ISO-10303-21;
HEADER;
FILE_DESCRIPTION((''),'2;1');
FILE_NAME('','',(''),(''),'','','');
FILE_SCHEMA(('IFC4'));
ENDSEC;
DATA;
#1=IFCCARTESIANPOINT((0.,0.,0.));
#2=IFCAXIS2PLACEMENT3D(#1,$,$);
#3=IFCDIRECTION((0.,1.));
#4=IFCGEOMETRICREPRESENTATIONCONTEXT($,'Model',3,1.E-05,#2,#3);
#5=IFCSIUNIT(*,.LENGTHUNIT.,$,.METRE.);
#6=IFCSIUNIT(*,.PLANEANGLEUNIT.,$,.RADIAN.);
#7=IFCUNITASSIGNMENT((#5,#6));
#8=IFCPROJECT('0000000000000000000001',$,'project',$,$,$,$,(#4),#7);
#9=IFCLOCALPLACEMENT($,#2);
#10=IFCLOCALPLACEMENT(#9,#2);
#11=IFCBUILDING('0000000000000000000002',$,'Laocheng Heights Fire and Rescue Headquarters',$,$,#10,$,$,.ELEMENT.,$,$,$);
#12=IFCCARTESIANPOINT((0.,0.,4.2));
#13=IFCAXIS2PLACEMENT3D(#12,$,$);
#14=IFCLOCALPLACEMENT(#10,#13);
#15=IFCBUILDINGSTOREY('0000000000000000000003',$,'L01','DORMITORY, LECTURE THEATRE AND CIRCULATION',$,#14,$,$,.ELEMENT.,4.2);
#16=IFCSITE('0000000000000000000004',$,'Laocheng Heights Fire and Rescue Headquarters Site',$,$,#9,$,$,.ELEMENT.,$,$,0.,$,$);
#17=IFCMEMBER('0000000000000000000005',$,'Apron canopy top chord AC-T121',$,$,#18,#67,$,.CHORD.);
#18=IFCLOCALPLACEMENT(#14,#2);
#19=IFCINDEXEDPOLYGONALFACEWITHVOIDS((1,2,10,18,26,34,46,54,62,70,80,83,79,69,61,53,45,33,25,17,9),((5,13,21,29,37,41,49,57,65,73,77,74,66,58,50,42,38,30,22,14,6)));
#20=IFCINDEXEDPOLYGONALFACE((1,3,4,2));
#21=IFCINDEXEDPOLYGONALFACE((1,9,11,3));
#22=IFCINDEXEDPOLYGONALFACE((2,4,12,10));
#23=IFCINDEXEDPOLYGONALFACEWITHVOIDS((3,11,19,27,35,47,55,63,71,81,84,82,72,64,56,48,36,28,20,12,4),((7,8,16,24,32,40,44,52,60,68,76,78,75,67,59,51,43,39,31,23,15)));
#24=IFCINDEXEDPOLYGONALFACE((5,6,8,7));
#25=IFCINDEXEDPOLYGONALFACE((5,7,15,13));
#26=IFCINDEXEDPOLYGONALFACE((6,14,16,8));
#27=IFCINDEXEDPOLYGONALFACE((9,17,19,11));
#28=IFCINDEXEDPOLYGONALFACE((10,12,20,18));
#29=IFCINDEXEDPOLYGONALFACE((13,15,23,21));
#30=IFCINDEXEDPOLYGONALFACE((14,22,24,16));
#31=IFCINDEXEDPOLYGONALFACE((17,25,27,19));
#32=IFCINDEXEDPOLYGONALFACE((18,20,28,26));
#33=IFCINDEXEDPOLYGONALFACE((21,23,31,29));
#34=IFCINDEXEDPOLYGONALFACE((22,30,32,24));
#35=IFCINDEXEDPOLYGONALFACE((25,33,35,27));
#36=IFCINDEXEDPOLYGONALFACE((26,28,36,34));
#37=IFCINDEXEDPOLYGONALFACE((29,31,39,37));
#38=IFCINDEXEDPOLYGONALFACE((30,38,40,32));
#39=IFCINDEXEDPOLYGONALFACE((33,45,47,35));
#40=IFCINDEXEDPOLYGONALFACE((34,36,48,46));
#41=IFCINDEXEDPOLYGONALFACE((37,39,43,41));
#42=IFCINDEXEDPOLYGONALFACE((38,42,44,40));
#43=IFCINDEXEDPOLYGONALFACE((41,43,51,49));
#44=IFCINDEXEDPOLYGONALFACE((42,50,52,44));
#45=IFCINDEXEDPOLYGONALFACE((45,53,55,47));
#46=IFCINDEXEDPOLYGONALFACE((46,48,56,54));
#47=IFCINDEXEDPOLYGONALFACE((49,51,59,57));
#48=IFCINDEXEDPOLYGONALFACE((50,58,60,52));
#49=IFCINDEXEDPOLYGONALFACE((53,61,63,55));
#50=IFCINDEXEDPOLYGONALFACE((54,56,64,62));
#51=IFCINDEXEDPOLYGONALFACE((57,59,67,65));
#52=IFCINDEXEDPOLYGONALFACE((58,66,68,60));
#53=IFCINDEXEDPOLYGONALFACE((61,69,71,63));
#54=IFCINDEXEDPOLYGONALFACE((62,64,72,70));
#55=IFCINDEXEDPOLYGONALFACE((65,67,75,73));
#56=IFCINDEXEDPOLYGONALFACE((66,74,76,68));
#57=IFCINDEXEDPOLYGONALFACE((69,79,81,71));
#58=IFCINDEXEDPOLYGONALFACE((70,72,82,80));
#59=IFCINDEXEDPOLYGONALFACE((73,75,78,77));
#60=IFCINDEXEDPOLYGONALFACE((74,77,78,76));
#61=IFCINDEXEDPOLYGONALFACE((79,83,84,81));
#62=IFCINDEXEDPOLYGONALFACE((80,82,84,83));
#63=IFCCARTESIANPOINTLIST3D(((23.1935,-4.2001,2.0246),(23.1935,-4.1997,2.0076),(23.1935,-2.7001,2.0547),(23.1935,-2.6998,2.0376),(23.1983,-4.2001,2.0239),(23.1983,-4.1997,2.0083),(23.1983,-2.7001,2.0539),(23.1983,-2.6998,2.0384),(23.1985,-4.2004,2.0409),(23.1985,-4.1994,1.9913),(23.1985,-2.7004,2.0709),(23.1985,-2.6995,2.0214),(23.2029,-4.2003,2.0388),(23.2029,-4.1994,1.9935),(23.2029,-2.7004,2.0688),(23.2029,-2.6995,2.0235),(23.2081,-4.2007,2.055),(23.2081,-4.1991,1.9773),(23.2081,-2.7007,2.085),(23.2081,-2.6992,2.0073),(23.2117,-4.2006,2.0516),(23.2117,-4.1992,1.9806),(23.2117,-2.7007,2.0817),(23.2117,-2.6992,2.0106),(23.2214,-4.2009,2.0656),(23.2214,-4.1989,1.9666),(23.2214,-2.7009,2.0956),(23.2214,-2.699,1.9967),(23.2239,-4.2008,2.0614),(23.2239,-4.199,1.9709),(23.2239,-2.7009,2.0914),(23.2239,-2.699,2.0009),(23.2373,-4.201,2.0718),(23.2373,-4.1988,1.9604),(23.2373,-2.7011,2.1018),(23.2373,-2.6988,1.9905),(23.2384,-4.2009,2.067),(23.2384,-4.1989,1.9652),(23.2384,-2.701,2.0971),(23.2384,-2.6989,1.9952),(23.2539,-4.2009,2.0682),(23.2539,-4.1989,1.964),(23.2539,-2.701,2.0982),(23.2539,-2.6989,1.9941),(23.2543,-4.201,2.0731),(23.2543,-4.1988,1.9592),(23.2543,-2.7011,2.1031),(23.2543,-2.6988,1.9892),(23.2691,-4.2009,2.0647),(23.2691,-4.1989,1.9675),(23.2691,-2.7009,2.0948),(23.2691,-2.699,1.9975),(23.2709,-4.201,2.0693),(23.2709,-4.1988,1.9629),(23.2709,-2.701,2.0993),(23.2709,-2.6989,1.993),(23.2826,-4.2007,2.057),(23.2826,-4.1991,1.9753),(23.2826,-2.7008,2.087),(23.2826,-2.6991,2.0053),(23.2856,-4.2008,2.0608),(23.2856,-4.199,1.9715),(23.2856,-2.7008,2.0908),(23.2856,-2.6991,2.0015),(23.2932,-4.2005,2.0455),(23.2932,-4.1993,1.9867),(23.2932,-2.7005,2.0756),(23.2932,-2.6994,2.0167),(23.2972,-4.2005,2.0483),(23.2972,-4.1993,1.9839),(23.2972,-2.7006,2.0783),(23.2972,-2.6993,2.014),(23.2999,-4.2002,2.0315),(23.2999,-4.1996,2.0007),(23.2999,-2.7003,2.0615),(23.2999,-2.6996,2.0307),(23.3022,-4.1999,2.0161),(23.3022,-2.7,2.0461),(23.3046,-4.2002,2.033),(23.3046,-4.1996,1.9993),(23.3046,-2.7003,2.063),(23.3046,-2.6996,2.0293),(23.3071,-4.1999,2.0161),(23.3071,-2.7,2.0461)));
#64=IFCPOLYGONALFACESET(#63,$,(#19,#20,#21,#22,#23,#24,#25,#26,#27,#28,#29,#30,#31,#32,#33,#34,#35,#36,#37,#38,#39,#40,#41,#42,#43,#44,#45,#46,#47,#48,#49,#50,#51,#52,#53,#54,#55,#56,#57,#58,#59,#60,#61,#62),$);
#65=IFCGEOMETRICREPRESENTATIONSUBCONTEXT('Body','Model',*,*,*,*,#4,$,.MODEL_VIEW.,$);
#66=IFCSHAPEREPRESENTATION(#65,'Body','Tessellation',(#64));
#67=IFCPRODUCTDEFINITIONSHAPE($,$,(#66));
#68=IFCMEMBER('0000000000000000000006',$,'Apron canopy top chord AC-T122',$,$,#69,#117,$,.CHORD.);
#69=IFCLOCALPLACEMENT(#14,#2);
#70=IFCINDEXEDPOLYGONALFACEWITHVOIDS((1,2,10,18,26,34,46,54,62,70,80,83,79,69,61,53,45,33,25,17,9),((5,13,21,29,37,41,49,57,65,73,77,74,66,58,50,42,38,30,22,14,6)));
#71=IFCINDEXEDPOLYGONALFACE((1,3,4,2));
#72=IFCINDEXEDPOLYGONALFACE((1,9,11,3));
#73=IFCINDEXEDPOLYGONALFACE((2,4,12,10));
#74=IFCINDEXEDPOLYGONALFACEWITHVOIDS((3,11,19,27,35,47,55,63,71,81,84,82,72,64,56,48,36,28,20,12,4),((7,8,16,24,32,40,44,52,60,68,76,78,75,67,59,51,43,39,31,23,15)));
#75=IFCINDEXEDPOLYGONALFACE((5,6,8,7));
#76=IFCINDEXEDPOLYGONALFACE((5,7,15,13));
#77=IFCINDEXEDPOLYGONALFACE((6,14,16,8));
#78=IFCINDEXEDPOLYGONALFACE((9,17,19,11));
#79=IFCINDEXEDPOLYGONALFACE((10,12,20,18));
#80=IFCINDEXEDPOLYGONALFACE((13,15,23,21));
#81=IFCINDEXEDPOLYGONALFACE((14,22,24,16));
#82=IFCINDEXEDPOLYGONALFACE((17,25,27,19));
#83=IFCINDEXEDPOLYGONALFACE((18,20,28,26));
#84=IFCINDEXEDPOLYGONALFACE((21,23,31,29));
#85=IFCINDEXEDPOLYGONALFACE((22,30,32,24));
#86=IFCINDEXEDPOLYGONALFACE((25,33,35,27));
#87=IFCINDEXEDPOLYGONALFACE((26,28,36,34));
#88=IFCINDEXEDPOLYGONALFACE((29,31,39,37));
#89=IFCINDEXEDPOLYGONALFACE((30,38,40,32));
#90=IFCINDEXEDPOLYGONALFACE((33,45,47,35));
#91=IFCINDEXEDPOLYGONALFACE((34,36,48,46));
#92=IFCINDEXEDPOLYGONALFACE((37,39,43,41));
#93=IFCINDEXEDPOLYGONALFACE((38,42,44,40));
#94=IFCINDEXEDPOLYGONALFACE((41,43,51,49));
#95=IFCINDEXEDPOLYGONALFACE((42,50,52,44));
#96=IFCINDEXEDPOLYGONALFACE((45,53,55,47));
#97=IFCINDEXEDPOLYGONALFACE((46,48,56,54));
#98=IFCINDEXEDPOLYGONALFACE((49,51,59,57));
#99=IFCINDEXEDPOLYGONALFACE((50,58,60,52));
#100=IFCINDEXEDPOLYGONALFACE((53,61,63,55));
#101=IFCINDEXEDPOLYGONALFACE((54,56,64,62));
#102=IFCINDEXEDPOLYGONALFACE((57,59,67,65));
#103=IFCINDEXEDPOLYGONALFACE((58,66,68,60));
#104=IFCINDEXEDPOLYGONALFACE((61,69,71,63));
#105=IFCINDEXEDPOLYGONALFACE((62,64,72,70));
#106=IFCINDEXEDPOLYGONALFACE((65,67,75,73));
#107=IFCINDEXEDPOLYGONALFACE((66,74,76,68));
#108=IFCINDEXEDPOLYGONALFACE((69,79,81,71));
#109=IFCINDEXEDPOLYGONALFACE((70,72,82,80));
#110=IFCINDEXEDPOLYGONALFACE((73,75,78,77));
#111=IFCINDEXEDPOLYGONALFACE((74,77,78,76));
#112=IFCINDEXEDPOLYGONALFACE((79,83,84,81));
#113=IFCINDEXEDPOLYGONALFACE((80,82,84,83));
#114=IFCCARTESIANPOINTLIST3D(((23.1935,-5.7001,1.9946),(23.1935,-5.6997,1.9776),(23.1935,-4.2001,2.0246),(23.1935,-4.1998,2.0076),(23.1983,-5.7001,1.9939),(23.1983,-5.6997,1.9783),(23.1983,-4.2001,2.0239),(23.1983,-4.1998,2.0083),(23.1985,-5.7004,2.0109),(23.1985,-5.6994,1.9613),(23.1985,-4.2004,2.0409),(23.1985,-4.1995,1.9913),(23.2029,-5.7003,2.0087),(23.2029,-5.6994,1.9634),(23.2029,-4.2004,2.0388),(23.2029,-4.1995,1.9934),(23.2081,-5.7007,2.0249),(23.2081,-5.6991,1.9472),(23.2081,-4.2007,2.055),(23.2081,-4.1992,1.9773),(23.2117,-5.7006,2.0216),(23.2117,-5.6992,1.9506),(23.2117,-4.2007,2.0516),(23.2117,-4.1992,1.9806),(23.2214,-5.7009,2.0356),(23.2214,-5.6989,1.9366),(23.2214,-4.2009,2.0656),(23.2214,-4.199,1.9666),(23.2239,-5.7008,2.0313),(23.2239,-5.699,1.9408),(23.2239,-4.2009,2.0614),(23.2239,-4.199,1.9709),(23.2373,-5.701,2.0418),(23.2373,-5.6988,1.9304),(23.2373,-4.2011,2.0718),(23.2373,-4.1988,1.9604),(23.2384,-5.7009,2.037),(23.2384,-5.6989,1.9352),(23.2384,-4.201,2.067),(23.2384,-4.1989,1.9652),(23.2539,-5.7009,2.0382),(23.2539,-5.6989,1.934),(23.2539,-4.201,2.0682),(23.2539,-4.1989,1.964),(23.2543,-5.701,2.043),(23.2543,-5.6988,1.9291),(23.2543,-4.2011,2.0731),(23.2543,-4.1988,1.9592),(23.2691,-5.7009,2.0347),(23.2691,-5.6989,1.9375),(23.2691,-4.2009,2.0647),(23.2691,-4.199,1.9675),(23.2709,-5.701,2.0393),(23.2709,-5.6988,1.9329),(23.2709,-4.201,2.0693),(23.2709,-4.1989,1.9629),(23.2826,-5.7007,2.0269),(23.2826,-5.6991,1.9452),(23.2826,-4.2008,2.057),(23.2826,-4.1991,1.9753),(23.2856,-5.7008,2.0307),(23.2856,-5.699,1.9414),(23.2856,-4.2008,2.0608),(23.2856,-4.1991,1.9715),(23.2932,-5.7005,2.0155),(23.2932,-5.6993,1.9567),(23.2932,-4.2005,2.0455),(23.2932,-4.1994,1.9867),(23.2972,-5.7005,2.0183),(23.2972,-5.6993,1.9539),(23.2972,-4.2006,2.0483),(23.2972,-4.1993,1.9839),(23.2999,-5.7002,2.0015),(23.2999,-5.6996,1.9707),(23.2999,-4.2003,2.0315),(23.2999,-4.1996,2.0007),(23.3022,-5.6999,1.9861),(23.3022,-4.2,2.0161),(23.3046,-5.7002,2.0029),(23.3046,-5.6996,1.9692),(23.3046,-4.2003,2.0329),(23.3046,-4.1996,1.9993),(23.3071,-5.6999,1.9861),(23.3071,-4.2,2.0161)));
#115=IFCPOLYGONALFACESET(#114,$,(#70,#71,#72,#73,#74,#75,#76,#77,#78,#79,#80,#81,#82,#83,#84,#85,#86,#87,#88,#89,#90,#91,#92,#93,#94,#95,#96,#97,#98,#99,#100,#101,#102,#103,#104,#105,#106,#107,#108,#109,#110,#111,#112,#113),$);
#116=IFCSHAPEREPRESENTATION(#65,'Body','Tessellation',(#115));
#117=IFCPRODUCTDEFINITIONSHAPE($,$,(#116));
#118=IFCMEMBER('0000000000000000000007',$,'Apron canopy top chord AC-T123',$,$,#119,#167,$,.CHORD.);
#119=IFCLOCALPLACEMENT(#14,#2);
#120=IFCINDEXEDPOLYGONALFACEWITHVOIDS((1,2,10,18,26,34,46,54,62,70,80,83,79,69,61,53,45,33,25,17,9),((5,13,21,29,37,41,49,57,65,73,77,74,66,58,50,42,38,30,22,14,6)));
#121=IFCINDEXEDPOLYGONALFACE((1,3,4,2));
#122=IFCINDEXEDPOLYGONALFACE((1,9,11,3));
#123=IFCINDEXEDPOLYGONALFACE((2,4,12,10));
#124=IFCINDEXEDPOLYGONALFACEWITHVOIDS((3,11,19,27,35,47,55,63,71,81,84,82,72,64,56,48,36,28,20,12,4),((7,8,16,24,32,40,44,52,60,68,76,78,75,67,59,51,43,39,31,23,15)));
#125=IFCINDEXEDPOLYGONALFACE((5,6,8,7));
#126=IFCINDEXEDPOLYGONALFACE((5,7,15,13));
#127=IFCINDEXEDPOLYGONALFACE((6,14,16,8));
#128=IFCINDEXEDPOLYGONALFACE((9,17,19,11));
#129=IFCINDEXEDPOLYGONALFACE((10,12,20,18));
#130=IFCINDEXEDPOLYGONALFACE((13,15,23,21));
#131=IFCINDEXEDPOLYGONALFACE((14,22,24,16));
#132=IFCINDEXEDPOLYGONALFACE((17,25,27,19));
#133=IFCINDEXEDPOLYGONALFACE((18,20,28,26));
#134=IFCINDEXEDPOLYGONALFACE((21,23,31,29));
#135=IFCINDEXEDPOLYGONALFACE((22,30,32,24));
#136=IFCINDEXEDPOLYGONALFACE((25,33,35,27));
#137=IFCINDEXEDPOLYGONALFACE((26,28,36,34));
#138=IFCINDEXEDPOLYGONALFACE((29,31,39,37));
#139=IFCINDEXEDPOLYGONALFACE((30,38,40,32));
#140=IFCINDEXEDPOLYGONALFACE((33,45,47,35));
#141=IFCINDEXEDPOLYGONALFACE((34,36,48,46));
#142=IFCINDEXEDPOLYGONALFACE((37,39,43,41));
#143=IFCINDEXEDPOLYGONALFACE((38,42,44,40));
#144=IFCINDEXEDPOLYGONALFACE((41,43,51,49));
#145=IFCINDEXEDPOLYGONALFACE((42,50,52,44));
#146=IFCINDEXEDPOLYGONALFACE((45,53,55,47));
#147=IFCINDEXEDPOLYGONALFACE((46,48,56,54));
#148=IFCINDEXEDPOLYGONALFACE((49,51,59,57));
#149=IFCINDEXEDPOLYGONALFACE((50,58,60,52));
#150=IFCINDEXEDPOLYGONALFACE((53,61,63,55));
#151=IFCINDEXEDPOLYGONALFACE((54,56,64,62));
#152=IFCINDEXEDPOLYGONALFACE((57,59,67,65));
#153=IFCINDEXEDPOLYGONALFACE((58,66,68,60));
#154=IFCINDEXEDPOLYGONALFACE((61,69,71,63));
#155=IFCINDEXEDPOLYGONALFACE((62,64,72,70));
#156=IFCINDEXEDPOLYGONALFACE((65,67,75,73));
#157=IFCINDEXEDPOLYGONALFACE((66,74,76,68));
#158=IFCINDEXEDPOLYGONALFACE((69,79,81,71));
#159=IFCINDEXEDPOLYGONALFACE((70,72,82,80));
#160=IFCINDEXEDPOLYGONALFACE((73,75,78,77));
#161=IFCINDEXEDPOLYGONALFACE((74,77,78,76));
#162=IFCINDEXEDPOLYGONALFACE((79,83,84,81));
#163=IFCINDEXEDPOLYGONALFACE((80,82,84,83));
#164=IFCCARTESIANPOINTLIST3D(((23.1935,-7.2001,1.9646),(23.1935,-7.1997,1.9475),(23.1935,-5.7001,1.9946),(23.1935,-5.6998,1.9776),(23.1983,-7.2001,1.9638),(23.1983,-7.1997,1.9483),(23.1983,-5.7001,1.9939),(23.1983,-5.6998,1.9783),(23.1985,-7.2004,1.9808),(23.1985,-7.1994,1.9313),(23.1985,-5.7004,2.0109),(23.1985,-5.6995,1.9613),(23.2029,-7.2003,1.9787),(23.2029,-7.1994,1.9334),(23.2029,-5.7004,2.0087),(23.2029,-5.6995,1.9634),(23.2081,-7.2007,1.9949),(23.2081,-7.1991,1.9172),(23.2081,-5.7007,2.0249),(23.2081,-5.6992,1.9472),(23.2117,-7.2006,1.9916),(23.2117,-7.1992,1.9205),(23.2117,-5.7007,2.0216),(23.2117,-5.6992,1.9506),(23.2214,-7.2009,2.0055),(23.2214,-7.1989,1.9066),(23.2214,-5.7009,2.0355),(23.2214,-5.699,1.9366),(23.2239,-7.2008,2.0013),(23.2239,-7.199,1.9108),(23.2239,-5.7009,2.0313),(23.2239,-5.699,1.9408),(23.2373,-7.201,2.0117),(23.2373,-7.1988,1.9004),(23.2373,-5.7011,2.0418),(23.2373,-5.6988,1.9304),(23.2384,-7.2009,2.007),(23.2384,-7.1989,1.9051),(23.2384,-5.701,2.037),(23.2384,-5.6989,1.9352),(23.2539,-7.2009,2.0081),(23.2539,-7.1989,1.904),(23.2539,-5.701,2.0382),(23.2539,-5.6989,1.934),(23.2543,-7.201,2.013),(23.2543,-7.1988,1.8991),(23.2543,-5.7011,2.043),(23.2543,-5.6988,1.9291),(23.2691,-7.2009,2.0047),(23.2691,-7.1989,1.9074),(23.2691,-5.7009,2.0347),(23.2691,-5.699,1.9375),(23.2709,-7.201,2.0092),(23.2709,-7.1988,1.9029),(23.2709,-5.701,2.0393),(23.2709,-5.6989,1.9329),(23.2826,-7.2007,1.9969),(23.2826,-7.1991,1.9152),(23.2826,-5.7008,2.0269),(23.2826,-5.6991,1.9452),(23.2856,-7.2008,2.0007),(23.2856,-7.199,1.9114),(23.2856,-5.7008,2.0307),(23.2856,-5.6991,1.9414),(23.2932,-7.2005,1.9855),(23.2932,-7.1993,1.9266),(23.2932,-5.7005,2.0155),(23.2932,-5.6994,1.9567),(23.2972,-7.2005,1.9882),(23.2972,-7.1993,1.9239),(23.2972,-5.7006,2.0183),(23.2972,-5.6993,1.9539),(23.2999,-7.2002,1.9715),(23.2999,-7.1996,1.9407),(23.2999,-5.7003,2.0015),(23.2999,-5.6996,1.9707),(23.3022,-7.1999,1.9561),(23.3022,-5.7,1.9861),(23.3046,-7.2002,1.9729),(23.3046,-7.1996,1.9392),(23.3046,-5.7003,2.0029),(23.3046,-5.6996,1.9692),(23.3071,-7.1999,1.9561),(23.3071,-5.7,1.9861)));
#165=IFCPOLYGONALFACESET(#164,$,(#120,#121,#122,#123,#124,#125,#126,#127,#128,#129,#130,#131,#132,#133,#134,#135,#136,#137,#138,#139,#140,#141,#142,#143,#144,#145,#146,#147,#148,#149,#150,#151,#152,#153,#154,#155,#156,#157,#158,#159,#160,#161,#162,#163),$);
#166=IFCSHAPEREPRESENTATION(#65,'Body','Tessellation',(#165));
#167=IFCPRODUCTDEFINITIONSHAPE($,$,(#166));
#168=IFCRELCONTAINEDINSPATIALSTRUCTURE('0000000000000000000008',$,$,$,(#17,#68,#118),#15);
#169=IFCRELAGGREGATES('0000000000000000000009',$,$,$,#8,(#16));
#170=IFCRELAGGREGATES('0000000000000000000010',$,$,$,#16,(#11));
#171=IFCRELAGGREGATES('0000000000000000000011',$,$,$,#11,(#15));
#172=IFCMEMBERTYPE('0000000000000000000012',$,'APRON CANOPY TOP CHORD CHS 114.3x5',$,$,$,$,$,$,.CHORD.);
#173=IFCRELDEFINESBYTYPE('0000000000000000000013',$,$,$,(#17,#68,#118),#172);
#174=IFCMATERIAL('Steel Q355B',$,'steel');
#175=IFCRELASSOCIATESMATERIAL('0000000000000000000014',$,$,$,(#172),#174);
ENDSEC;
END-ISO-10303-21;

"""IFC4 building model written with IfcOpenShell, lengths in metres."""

from ifc_helpers import new_model, si_unit, direction, frame, origin, origin_2d, place, context, subcontext, project, spatial, hollow_circle, extrude, material, material_profile, profile_set, type_object, element, save


model = new_model("IFC4")

# Units and contexts
model_context = context("Model", 3, precision=1e-05, world=origin(), true_north=direction((0.0, 1.0)))
body_context = subcontext(model_context, "Body", "Model", "MODEL_VIEW")
ifc_project = project(units=[si_unit("LENGTHUNIT", "METRE"), si_unit("PLANEANGLEUNIT", "RADIAN")], contexts=[model_context])

# Site, building, storey
site_placement = place(None, origin())
site = spatial("IfcSite", under=ifc_project, at=site_placement, Name="Laocheng Heights Fire and Rescue Headquarters Site", CompositionType="ELEMENT", RefElevation=0.0)
building_placement = place(site_placement, origin())
building = spatial("IfcBuilding", under=site, at=building_placement, Name="Laocheng Heights Fire and Rescue Headquarters", CompositionType="ELEMENT")
storey_placement = place(building_placement, frame((0.0, 0.0, 4.2)))
storey = spatial("IfcBuildingStorey", under=building, at=storey_placement, Name="L01", Description="DORMITORY, LECTURE THEATRE AND CIRCULATION", CompositionType="ELEMENT", Elevation=4.2)

# Members
ifc_material_1 = material(Name="Steel Q355B", Category="steel")
ifc_material_profile_1 = material_profile(ifc_material_1, hollow_circle(Radius=0.0571, WallThickness=0.0049, at=origin_2d()), Name="CHS 114.3x5")
ifc_profile_set_1 = profile_set([ifc_material_profile_1], Name="Steel Q355B")
member_type = type_object("IfcMemberType", Name="APRON CANOPY TOP CHORD CHS 114.3x5", PredefinedType="CHORD", material=ifc_profile_set_1)
for number, where, z_axis, x_axis, name in (
    (1, (23.25, -2.7, 2.0461), (0.0, -0.9998, -0.020016), (1.0, 0.0, 0.0), "Apron canopy top chord AC-T121"),
    (2, (23.25, -4.2, 2.0161), (0.0, -0.9998, -0.020016), (1.0, 0.0, 0.0), "Apron canopy top chord AC-T122"),
    (3, (23.25, -5.7, 1.9861), (0.0, -0.9998, -0.020016), (1.0, 0.0, 0.0), "Apron canopy top chord AC-T123"),
):
    element("IfcMember", number, at=place(storey_placement, frame(where, z_axis=z_axis, x_axis=x_axis)), inside=storey, type_object=member_type, Name=name, PredefinedType="CHORD", context=body_context, shape_type="SweptSolid", body=[
        extrude(hollow_circle(Radius=0.0571, WallThickness=0.0049, at=origin_2d()), origin(), (0.0, 0.0, 1.0), 1.5002),
    ])

save(model, "model.ifc")
